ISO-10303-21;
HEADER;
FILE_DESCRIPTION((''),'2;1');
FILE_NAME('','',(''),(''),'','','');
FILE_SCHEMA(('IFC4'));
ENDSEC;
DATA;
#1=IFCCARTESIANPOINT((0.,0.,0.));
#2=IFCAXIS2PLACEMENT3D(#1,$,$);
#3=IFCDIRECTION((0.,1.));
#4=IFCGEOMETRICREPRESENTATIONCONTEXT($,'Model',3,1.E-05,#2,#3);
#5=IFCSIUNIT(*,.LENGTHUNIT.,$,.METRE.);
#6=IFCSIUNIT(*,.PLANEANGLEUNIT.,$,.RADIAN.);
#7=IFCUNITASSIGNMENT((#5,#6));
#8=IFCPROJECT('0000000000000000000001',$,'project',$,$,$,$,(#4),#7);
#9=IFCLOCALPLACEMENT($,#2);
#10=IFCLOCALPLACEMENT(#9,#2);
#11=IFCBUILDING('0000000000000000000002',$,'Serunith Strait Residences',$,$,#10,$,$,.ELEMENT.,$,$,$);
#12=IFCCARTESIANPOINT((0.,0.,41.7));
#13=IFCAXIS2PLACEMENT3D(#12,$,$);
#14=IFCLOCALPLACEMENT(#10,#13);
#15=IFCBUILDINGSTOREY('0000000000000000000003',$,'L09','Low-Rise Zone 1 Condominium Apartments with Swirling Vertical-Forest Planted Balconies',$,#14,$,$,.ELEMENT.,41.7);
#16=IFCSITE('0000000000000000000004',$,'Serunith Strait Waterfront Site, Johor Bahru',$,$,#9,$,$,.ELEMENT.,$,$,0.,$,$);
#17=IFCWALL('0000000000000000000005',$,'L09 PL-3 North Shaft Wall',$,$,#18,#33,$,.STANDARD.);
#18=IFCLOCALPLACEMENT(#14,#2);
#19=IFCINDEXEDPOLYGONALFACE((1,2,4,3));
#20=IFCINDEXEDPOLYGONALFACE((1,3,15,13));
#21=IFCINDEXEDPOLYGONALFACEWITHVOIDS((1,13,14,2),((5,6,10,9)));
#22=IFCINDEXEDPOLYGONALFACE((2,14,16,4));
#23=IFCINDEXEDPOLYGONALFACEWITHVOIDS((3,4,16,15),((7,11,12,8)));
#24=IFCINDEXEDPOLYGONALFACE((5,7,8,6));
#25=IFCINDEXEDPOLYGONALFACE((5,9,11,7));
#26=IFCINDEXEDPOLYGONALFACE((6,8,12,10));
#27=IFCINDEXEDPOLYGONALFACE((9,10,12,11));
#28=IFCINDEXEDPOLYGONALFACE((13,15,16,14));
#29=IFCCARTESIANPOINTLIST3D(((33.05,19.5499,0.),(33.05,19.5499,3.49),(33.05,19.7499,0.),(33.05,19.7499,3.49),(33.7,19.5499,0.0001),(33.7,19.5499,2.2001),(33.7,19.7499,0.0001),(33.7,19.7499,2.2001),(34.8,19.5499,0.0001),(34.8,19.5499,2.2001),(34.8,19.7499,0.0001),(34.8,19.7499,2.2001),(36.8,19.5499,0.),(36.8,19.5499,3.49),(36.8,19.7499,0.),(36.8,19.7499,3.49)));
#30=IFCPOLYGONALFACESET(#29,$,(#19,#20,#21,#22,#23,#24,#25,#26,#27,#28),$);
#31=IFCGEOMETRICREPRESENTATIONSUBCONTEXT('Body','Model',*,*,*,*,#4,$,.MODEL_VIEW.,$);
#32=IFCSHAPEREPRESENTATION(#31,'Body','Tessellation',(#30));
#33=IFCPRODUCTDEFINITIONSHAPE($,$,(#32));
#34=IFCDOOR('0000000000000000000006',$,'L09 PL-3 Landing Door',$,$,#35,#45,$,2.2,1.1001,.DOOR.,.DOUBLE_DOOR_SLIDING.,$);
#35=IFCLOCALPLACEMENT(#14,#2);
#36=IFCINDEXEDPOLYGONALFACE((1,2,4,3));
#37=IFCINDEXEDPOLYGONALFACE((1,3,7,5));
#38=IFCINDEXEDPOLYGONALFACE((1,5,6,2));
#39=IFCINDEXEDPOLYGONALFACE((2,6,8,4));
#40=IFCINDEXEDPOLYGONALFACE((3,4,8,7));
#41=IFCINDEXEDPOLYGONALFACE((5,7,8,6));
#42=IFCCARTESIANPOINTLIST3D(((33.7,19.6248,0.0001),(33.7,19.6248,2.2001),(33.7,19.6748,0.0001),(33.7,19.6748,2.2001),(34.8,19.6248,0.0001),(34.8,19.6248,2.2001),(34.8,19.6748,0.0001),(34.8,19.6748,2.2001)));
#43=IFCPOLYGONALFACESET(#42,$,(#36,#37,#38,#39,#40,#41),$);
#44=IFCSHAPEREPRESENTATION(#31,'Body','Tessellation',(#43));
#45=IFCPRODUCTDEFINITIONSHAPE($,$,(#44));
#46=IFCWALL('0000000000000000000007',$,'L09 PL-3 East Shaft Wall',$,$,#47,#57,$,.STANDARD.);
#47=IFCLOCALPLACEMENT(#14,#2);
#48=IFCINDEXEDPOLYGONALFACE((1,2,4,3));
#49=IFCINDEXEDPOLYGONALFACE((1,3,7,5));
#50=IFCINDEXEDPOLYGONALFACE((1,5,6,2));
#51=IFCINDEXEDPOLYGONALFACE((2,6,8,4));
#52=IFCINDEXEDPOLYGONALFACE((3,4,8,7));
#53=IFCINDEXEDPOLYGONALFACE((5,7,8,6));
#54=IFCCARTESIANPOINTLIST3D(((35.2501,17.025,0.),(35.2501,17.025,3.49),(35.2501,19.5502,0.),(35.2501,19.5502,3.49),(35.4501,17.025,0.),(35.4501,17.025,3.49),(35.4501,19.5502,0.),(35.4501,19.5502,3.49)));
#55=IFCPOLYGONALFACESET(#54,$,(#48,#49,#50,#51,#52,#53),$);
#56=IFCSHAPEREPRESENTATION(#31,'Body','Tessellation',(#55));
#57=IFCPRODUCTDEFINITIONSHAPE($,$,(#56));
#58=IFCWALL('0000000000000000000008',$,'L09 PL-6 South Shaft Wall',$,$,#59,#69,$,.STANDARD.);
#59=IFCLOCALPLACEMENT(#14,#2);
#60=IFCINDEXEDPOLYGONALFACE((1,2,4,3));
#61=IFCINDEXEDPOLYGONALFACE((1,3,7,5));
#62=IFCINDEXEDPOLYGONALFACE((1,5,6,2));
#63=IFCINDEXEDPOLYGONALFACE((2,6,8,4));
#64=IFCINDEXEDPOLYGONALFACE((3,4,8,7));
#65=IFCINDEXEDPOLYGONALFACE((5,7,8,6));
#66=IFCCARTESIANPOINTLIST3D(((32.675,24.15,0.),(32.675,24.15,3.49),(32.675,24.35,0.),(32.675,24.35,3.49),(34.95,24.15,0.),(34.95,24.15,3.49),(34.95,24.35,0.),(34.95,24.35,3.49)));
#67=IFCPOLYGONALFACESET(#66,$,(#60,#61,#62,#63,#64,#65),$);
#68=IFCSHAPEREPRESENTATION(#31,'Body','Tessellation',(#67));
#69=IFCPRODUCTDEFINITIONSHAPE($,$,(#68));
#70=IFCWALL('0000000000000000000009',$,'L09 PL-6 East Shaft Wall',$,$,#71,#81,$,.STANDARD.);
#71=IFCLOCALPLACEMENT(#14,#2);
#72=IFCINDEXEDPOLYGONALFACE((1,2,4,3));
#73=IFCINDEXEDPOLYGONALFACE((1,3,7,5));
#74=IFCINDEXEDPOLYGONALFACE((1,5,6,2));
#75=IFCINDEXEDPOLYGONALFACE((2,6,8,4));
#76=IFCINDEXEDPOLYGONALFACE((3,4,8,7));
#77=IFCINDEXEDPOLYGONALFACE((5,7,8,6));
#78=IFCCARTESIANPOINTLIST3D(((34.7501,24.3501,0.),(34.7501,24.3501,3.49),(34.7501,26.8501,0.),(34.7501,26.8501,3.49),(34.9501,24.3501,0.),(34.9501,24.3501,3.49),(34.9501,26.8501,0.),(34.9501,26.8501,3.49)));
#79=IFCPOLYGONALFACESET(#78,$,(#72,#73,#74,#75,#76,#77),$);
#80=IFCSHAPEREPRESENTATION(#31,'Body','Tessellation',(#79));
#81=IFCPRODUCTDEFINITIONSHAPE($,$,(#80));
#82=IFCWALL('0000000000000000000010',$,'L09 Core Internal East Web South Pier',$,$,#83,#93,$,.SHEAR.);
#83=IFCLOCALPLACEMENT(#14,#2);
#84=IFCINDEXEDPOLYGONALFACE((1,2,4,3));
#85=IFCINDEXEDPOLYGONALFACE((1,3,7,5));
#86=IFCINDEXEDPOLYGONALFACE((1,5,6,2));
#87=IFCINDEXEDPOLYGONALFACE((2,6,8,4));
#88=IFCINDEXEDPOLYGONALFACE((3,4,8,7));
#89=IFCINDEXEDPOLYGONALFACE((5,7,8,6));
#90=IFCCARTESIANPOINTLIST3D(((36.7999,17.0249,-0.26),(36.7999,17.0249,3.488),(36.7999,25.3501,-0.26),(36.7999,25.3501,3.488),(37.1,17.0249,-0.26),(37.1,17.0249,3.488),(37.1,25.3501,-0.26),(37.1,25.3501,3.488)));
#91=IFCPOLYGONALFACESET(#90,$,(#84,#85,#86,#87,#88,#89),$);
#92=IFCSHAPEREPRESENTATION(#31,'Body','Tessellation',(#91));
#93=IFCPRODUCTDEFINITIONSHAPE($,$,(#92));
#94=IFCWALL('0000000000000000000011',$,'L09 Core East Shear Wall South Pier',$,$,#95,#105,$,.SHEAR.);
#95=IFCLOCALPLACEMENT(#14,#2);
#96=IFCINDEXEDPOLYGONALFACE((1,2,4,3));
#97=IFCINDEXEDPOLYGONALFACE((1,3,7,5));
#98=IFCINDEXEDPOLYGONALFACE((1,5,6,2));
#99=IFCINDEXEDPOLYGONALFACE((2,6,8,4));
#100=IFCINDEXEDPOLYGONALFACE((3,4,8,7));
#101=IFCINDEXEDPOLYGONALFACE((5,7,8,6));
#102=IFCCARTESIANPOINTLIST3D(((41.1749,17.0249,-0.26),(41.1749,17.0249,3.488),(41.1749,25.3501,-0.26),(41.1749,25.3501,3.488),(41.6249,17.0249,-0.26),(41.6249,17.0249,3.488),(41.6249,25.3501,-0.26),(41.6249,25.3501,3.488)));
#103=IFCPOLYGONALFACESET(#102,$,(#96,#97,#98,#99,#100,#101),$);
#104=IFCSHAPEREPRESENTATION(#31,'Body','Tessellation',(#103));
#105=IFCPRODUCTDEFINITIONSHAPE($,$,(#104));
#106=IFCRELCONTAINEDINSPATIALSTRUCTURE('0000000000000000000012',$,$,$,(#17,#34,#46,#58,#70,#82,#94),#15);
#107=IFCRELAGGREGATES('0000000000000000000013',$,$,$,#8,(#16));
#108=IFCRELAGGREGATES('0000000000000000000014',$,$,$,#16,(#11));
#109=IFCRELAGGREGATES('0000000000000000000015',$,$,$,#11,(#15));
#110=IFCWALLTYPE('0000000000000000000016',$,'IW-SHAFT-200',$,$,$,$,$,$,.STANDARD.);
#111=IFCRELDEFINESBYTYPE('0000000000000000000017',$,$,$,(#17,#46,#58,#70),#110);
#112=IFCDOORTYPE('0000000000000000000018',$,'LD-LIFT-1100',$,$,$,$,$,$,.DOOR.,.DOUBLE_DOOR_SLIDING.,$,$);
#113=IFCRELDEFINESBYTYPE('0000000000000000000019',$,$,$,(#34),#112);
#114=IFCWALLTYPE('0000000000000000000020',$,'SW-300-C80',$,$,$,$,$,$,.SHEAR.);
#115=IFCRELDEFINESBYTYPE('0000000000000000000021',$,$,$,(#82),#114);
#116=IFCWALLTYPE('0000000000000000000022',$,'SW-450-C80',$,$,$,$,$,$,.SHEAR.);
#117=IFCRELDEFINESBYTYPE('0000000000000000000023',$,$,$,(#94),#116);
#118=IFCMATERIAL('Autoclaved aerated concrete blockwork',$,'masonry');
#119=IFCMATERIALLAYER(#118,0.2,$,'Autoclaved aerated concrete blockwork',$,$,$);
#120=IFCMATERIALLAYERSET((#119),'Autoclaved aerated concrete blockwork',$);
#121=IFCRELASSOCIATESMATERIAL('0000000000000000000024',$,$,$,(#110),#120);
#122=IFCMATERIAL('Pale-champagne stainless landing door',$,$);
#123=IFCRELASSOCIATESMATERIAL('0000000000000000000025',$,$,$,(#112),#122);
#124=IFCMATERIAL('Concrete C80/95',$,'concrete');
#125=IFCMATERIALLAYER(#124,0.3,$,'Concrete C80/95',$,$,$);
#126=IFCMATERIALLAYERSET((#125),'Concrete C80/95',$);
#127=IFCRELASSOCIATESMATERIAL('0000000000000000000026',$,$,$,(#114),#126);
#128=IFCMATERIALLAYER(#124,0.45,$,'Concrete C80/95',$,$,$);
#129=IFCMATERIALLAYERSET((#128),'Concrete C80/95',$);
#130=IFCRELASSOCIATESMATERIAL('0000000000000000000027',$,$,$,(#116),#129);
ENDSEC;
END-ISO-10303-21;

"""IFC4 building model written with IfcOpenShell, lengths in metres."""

from ifc_helpers import new_model, si_unit, direction, frame, frame_2d, origin, place, context, subcontext, project, spatial, rectangle, extrude, source, transform, mapped, material, layer, layer_set, type_object, element, fill, save


model = new_model("IFC4")

# Units and contexts
model_context = context("Model", 3, precision=1e-05, world=origin(), true_north=direction((0.0, 1.0)))
body_context = subcontext(model_context, "Body", "Model", "MODEL_VIEW")
ifc_project = project(units=[si_unit("LENGTHUNIT", "METRE"), si_unit("PLANEANGLEUNIT", "RADIAN")], contexts=[model_context])

# Site, building, storey
site_placement = place(None, origin())
site = spatial("IfcSite", under=ifc_project, at=site_placement, Name="Serunith Strait Waterfront Site, Johor Bahru", CompositionType="ELEMENT", RefElevation=0.0)
building_placement = place(site_placement, origin())
building = spatial("IfcBuilding", under=site, at=building_placement, Name="Serunith Strait Residences", CompositionType="ELEMENT")
storey_placement = place(building_placement, frame((0.0, 0.0, 41.7)))
storey = spatial("IfcBuildingStorey", under=building, at=storey_placement, Name="L09", Description="Low-Rise Zone 1 Condominium Apartments with Swirling Vertical-Forest Planted Balconies", CompositionType="ELEMENT", Elevation=41.7)

# Wall, opening, door
ifc_material_1 = material(Name="Autoclaved aerated concrete blockwork", Category="masonry")
ifc_layer_1 = layer(ifc_material_1, 0.2, Name="Autoclaved aerated concrete blockwork")
ifc_layer_set_1 = layer_set([ifc_layer_1], Name="Autoclaved aerated concrete blockwork")
wall_type_1 = type_object("IfcWallType", Name="IW-SHAFT-200", PredefinedType="STANDARD", material=ifc_layer_set_1)
ifc_material_2 = material(Name="Pale-champagne stainless landing door")
door_type = type_object("IfcDoorType", Name="LD-LIFT-1100", OperationType="DOUBLE_DOOR_SLIDING", PredefinedType="DOOR", material=ifc_material_2)
shared_shape_1 = source(origin(), body_context, "Body", "SweptSolid", [
    extrude(rectangle(XDim=1.1001, YDim=2.2, at=frame_2d((0.55, 1.1001))), frame((0.0, 0.0249, 0.0), z_axis=(0.0, -1.0, 0.0), x_axis=(1.0, 0.0, 0.0)), (0.0, 0.0, 1.0), 0.05),
])
wall_1_placement = place(storey_placement, frame((33.05, 19.6499, 0.0), z_axis=(0.0, 0.0, 1.0), x_axis=(1.0, 0.0, 0.0)))
wall_1 = element("IfcWall", 1, at=wall_1_placement, inside=storey, type_object=wall_type_1, Name="L09 PL-3 North Shaft Wall", PredefinedType="STANDARD", context=body_context, shape_type="SweptSolid", body=[
    extrude(rectangle(XDim=3.75, YDim=0.2, at=frame_2d((1.875, 0.0))), origin(), (0.0, 0.0, 1.0), 3.49),
])
opening_1_placement = place(wall_1_placement, frame((0.6499, 0.0, 0.0)))
opening_1 = element("IfcOpeningElement", 2, at=opening_1_placement, cuts=wall_1, PredefinedType="OPENING", context=body_context, shape_type="SweptSolid", body=[
    extrude(rectangle(XDim=1.1001, YDim=2.2, at=frame_2d((0.55, 1.1001))), frame((0.0, 0.1099, 0.0), z_axis=(0.0, -1.0, 0.0), x_axis=(1.0, 0.0, 0.0)), (0.0, 0.0, 1.0), 0.22),
])
door_1_placement = place(opening_1_placement, origin())
door_1 = element("IfcDoor", 3, at=door_1_placement, inside=storey, type_object=door_type, Name="L09 PL-3 Landing Door", OperationType="DOUBLE_DOOR_SLIDING", OverallHeight=2.2, OverallWidth=1.1001, PredefinedType="DOOR", context=body_context, shape_type="MappedRepresentation", body=[
    mapped(shared_shape_1, transform((0.0, 0.0, 0.0), scale=1.0)),
])
fill(opening_1, door_1)

# Walls
wall_2_placement = place(storey_placement, frame((35.3501, 17.0249, 0.0), z_axis=(0.0, 0.0, 1.0), x_axis=(0.0, 1.0, 0.0)))
element("IfcWall", 4, at=wall_2_placement, inside=storey, type_object=wall_type_1, Name="L09 PL-3 East Shaft Wall", PredefinedType="STANDARD", context=body_context, shape_type="SweptSolid", body=[
    extrude(rectangle(XDim=2.5251, YDim=0.2, at=frame_2d((1.2627, 0.0))), origin(), (0.0, 0.0, 1.0), 3.49),
])
wall_3_placement = place(storey_placement, frame((32.675, 24.25, 0.0), z_axis=(0.0, 0.0, 1.0), x_axis=(1.0, 0.0, 0.0)))
element("IfcWall", 5, at=wall_3_placement, inside=storey, type_object=wall_type_1, Name="L09 PL-6 South Shaft Wall", PredefinedType="STANDARD", context=body_context, shape_type="SweptSolid", body=[
    extrude(rectangle(XDim=2.2749, YDim=0.2, at=frame_2d((1.1375, 0.0))), origin(), (0.0, 0.0, 1.0), 3.49),
])
wall_4_placement = place(storey_placement, frame((34.8501, 24.3501, 0.0), z_axis=(0.0, 0.0, 1.0), x_axis=(0.0, 1.0, 0.0)))
element("IfcWall", 6, at=wall_4_placement, inside=storey, type_object=wall_type_1, Name="L09 PL-6 East Shaft Wall", PredefinedType="STANDARD", context=body_context, shape_type="SweptSolid", body=[
    extrude(rectangle(XDim=2.5, YDim=0.2, at=frame_2d((1.25, 0.0))), origin(), (0.0, 0.0, 1.0), 3.49),
])
ifc_material_3 = material(Name="Concrete C80/95", Category="concrete")
ifc_layer_2 = layer(ifc_material_3, 0.3, Name="Concrete C80/95")
ifc_layer_set_2 = layer_set([ifc_layer_2], Name="Concrete C80/95")
wall_type_2 = type_object("IfcWallType", Name="SW-300-C80", PredefinedType="SHEAR", material=ifc_layer_set_2)
wall_5_placement = place(storey_placement, frame((36.95, 17.0249, -0.26), z_axis=(0.0, 0.0, 1.0), x_axis=(0.0, 1.0, 0.0)))
element("IfcWall", 7, at=wall_5_placement, inside=storey, type_object=wall_type_2, Name="L09 Core Internal East Web South Pier", PredefinedType="SHEAR", context=body_context, shape_type="SweptSolid", body=[
    extrude(rectangle(XDim=8.3252, YDim=0.3, at=frame_2d((4.1626, 0.0))), origin(), (0.0, 0.0, 1.0), 3.748),
])
ifc_layer_3 = layer(ifc_material_3, 0.45, Name="Concrete C80/95")
ifc_layer_set_3 = layer_set([ifc_layer_3], Name="Concrete C80/95")
wall_type_3 = type_object("IfcWallType", Name="SW-450-C80", PredefinedType="SHEAR", material=ifc_layer_set_3)
wall_6_placement = place(storey_placement, frame((41.3999, 17.0249, -0.26), z_axis=(0.0, 0.0, 1.0), x_axis=(0.0, 1.0, 0.0)))
element("IfcWall", 8, at=wall_6_placement, inside=storey, type_object=wall_type_3, Name="L09 Core East Shear Wall South Pier", PredefinedType="SHEAR", context=body_context, shape_type="SweptSolid", body=[
    extrude(rectangle(XDim=8.3252, YDim=0.45, at=frame_2d((4.1626, 0.0))), origin(), (0.0, 0.0, 1.0), 3.748),
])

save(model, "model.ifc")
